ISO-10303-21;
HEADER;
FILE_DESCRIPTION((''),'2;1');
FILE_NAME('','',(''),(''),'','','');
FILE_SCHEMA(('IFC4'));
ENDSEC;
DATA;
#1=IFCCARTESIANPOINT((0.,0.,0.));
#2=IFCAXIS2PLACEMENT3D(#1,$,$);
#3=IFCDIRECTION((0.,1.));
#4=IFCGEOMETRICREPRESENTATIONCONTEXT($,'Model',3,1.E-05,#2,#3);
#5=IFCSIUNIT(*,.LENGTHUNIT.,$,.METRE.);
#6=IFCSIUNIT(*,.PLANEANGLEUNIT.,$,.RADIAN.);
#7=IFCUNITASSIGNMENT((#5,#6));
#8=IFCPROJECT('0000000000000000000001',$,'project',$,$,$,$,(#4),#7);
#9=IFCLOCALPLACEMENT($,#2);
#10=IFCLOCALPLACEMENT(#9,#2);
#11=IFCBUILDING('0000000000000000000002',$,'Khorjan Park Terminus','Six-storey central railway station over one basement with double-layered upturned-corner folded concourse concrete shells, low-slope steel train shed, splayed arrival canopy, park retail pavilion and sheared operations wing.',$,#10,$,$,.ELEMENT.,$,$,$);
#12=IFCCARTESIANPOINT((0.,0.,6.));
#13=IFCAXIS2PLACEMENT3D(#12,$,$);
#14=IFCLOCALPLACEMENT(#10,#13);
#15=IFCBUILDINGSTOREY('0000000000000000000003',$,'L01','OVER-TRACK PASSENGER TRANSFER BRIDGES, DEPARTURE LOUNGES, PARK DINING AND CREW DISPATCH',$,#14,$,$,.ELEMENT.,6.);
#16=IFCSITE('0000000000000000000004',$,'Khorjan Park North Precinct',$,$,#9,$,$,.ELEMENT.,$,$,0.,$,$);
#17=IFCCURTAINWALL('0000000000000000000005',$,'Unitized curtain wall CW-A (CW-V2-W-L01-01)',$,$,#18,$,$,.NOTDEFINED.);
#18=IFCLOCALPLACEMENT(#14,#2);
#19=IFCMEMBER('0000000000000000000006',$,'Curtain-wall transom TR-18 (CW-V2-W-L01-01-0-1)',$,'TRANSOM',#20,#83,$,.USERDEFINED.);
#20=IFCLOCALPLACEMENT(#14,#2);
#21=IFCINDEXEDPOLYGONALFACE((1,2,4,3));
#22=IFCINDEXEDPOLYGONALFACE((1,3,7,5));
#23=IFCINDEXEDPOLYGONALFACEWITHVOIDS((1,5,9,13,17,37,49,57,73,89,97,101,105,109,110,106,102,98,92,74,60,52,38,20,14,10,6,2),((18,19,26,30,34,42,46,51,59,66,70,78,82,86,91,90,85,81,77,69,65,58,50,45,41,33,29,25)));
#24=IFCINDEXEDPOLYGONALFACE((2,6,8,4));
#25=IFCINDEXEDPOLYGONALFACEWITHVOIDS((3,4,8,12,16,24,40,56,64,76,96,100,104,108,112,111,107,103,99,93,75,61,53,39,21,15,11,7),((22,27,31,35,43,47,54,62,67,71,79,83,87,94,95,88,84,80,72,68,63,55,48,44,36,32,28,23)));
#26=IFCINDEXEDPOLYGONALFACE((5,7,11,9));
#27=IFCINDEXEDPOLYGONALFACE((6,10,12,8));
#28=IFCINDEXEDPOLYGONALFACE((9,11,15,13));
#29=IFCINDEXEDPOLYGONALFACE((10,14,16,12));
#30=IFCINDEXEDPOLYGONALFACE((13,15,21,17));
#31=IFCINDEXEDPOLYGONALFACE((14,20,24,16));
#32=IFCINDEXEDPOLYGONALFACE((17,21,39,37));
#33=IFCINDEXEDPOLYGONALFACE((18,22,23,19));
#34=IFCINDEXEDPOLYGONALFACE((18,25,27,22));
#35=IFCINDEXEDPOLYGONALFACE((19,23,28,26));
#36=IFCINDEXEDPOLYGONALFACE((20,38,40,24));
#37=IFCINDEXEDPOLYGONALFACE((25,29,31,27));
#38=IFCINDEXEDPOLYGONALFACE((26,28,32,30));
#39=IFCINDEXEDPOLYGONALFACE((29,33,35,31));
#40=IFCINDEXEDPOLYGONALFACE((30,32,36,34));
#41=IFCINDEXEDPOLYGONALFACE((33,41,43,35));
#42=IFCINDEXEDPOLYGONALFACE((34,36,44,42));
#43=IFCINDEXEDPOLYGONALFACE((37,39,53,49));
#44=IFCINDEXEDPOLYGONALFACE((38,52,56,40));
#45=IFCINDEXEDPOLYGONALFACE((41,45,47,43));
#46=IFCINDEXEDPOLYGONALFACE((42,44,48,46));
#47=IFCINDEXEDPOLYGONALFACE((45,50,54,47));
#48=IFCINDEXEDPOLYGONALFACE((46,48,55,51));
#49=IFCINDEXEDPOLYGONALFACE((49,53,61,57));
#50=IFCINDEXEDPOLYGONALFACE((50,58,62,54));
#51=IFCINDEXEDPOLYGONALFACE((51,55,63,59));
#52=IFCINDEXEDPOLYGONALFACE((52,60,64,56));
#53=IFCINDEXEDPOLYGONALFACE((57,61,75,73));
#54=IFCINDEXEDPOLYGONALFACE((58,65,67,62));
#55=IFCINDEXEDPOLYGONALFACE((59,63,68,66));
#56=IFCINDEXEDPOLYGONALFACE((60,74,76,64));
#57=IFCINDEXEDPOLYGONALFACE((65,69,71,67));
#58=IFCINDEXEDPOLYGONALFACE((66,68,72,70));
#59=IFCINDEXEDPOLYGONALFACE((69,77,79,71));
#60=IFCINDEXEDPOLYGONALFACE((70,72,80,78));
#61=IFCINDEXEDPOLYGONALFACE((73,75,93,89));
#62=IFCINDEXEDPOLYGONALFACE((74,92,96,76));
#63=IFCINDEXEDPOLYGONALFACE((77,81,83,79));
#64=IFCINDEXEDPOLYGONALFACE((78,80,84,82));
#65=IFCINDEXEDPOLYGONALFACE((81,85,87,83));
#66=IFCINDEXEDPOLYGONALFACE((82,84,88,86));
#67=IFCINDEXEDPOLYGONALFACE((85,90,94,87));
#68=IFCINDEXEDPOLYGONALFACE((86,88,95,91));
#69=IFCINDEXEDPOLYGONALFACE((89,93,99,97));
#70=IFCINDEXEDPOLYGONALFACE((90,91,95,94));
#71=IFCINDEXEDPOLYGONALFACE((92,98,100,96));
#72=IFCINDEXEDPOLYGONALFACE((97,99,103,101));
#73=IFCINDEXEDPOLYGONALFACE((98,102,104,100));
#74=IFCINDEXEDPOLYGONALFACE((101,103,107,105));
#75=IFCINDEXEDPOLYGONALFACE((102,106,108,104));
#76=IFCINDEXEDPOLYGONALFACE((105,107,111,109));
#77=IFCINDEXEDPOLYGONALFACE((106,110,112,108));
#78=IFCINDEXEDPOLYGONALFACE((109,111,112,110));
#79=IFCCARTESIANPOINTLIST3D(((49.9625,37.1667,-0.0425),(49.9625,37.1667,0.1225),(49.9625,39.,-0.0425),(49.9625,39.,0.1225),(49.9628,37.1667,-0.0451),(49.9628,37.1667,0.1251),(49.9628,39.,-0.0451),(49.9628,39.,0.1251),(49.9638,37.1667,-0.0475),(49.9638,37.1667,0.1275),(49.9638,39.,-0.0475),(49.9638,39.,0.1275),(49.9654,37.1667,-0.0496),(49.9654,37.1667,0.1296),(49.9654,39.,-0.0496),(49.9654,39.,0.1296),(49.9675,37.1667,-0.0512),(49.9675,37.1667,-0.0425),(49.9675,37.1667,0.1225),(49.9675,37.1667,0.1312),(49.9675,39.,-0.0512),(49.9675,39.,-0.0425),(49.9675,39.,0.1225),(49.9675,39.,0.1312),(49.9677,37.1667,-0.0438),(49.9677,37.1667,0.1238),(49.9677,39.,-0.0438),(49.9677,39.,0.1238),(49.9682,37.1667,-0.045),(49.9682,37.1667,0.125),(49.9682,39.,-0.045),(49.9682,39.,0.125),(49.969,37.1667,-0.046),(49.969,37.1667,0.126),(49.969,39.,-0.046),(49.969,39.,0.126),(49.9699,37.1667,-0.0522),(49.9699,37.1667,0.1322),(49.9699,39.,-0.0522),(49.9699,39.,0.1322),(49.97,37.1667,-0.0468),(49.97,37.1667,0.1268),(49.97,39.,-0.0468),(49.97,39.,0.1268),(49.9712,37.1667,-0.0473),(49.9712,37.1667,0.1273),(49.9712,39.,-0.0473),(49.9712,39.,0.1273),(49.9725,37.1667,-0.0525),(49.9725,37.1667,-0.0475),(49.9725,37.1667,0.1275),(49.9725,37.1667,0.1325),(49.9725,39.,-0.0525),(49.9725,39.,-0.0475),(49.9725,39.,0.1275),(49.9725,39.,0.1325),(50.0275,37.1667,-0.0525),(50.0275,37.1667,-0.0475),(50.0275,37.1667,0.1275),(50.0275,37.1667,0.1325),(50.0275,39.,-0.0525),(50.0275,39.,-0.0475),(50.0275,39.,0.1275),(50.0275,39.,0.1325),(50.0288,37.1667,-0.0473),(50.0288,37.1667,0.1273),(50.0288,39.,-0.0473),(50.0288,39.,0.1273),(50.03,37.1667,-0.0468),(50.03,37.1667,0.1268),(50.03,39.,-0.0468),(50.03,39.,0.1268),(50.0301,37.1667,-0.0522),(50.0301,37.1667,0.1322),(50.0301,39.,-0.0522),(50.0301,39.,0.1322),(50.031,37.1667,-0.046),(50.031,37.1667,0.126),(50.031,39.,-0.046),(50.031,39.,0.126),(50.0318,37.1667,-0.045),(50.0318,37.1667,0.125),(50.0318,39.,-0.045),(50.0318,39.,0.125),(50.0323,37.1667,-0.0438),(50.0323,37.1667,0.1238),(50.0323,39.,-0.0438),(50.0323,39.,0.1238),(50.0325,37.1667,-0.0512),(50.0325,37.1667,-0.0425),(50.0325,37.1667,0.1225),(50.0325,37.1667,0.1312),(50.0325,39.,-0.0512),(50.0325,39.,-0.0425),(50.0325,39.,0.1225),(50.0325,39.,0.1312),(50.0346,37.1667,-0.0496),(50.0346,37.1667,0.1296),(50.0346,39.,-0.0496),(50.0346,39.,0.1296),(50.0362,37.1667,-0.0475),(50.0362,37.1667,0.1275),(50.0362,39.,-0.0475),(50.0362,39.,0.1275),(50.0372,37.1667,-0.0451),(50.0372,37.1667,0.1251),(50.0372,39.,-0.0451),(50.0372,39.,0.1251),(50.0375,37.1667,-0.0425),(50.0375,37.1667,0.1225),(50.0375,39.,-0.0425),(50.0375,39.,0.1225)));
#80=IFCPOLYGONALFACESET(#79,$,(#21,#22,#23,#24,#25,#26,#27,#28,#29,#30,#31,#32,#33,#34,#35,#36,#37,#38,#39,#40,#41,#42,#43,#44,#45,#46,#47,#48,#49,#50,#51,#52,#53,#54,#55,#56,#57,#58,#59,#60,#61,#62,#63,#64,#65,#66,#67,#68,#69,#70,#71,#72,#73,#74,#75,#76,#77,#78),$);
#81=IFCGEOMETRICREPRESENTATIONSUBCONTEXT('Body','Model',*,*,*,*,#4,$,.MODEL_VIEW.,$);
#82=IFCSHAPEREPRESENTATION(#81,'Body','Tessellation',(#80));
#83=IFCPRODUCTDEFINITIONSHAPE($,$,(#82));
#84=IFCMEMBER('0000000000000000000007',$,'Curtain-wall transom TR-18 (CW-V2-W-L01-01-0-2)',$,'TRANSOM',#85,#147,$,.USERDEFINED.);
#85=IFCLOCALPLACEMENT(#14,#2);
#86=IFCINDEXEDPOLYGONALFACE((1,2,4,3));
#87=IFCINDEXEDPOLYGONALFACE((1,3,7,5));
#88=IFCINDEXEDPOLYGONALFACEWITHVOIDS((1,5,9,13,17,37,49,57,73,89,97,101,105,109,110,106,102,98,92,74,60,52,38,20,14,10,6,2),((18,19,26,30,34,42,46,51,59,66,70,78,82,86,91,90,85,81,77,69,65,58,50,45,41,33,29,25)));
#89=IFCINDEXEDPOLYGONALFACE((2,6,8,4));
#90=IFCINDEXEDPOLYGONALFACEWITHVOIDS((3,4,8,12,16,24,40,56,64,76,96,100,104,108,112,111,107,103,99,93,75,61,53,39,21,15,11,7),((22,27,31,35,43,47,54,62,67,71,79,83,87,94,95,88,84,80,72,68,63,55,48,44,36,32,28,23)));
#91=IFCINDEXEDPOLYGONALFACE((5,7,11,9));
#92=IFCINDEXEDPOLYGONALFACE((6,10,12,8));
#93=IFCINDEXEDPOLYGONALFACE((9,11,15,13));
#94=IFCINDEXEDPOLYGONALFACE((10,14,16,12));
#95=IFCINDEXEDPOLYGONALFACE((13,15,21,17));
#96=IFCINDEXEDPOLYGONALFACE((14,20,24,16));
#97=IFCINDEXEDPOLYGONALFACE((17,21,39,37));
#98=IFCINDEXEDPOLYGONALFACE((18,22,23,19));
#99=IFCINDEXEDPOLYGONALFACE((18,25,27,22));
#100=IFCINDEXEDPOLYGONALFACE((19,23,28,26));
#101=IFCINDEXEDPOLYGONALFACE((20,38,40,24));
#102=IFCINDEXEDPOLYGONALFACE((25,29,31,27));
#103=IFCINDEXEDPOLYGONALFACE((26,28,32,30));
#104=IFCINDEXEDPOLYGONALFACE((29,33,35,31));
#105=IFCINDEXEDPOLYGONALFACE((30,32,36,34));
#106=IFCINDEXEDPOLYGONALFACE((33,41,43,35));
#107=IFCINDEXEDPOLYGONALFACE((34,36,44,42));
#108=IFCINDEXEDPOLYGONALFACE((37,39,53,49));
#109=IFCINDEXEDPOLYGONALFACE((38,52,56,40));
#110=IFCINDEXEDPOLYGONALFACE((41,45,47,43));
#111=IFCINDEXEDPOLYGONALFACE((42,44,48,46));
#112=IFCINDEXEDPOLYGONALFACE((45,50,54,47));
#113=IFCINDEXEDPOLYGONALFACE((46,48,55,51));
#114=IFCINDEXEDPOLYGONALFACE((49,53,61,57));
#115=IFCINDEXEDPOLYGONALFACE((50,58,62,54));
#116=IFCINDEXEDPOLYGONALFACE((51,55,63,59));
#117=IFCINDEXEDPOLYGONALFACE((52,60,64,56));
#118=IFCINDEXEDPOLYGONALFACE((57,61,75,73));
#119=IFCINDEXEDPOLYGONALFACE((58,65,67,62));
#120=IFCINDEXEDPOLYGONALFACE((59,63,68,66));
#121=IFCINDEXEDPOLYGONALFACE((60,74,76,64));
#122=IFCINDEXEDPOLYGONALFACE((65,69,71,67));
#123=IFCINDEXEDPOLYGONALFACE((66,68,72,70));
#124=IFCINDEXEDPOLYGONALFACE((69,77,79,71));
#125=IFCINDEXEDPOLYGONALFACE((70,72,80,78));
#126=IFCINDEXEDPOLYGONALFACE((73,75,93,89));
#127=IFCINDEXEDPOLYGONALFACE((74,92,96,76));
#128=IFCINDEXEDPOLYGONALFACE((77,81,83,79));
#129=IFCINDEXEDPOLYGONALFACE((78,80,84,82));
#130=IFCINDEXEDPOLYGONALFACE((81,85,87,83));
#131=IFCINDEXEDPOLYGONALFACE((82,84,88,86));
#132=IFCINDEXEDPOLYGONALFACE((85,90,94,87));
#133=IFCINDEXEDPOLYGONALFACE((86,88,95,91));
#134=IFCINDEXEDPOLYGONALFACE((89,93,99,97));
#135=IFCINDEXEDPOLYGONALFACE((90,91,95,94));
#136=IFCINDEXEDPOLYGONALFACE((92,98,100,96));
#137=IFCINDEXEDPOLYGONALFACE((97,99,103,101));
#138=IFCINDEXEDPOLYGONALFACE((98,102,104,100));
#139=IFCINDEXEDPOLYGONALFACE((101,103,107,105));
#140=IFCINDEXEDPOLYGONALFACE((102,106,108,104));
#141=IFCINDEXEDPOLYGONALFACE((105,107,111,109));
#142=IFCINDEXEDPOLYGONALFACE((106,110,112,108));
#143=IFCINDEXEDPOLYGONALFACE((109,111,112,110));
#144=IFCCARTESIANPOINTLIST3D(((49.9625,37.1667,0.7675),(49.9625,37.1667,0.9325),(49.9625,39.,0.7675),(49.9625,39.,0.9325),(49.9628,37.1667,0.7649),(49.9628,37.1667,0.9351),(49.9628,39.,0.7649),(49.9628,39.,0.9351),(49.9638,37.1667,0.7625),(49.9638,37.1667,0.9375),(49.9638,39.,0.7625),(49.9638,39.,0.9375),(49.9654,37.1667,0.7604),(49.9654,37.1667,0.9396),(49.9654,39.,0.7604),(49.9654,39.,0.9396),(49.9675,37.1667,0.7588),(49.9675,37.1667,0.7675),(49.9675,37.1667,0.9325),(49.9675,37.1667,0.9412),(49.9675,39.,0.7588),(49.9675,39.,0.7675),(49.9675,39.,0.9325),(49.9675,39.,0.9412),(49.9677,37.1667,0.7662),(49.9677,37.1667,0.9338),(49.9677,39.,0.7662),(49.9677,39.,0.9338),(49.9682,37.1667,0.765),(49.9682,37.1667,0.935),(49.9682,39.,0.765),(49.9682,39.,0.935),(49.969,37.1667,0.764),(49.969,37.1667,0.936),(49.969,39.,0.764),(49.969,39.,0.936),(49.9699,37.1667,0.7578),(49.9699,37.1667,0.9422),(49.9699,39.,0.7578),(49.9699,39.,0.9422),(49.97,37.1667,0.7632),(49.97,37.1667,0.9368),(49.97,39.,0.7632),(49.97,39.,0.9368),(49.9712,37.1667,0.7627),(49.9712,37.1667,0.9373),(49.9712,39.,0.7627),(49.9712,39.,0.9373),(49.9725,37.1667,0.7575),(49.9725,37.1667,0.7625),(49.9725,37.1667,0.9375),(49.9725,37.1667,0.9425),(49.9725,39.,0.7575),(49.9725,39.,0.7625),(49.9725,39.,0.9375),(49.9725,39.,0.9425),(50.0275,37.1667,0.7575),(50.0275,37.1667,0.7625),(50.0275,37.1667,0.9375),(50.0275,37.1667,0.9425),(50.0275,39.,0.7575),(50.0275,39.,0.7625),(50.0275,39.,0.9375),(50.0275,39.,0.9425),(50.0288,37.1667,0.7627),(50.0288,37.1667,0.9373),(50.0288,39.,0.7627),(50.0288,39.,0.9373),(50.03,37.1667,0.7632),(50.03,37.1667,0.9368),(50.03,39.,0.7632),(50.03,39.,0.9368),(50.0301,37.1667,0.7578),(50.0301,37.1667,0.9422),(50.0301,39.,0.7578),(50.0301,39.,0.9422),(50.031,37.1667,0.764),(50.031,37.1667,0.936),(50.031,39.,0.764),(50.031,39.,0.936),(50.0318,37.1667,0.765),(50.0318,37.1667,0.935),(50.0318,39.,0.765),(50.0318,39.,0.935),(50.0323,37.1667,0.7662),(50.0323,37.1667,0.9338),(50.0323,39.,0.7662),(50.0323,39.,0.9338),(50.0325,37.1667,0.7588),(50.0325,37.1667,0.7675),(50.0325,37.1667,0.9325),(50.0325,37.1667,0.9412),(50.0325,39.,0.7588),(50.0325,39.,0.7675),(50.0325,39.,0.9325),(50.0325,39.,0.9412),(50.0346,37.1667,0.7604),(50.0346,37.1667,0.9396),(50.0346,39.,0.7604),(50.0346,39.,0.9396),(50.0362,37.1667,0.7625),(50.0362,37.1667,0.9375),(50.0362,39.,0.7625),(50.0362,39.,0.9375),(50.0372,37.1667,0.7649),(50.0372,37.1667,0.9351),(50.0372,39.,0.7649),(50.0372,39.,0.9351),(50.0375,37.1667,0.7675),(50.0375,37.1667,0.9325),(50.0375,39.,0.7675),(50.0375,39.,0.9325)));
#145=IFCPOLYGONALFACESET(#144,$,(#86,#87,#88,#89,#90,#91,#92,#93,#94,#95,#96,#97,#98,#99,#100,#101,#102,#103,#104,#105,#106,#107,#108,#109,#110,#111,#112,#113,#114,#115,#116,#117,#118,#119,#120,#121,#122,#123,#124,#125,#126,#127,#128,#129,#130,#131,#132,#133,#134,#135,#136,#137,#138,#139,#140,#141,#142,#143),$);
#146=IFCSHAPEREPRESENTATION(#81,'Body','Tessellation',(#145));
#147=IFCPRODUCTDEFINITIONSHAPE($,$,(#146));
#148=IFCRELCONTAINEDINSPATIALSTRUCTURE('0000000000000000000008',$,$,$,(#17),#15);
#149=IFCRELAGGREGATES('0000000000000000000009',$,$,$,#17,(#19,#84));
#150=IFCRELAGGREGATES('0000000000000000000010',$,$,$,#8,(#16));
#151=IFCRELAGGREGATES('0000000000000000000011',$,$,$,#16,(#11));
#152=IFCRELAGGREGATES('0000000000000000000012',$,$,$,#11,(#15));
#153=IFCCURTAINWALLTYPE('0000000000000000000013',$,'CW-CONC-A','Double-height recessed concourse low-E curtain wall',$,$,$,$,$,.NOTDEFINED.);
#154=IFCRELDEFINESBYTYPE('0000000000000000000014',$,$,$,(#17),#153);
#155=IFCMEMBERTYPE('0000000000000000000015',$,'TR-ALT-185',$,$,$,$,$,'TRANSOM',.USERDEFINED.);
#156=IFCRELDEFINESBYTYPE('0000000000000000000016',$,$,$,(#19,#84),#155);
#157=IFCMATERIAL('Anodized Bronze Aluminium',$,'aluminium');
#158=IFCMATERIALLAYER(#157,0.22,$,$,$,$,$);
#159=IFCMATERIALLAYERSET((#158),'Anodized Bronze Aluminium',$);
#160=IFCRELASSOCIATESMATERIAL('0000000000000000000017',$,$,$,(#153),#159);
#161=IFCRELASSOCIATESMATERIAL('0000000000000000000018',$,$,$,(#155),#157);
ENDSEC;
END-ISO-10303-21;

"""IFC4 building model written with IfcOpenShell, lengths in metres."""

from ifc_helpers import new_model, si_unit, direction, frame, origin, origin_2d, place, context, subcontext, project, spatial, hollow_rectangle, extrude, material, layer, layer_set, material_profile, profile_set, type_object, element, aggregate, save


model = new_model("IFC4")

# Units and contexts
model_context = context("Model", 3, precision=1e-05, world=origin(), true_north=direction((0.0, 1.0)))
body_context = subcontext(model_context, "Body", "Model", "MODEL_VIEW")
ifc_project = project(units=[si_unit("LENGTHUNIT", "METRE"), si_unit("PLANEANGLEUNIT", "RADIAN")], contexts=[model_context])

# Site, building, storey
site_placement = place(None, origin())
site = spatial("IfcSite", under=ifc_project, at=site_placement, Name="Khorjan Park North Precinct", CompositionType="ELEMENT", RefElevation=0.0)
building_placement = place(site_placement, origin())
building = spatial("IfcBuilding", under=site, at=building_placement, Name="Khorjan Park Terminus", Description="Six-storey central railway station over one basement with double-layered upturned-corner folded concourse concrete shells, low-slope steel train shed, splayed arrival canopy, park retail pavilion and sheared operations wing.", CompositionType="ELEMENT")
storey_placement = place(building_placement, frame((0.0, 0.0, 6.0)))
storey = spatial("IfcBuildingStorey", under=building, at=storey_placement, Name="L01", Description="OVER-TRACK PASSENGER TRANSFER BRIDGES, DEPARTURE LOUNGES, PARK DINING AND CREW DISPATCH", CompositionType="ELEMENT", Elevation=6.0)

# Curtain wall, members
ifc_material_1 = material(Name="Anodized Bronze Aluminium", Category="aluminium")
ifc_layer_1 = layer(ifc_material_1, 0.22)
ifc_layer_set_1 = layer_set([ifc_layer_1], Name="Anodized Bronze Aluminium")
curtain_wall_type = type_object("IfcCurtainWallType", Name="CW-CONC-A", Description="Double-height recessed concourse low-E curtain wall", PredefinedType="NOTDEFINED", material=ifc_layer_set_1)
curtain_wall_placement = place(storey_placement, origin())
curtain_wall = element("IfcCurtainWall", 1, at=curtain_wall_placement, inside=storey, type_object=curtain_wall_type, Name="Unitized curtain wall CW-A (CW-V2-W-L01-01)", PredefinedType="NOTDEFINED")
ifc_material_profile_1 = material_profile(ifc_material_1, hollow_rectangle(XDim=0.075, YDim=0.185, WallThickness=0.005, InnerFilletRadius=0.005, OuterFilletRadius=0.01, at=origin_2d()), Name="ALT 75x185x5")
ifc_profile_set_1 = profile_set([ifc_material_profile_1], Name="Anodized Bronze Aluminium")
member_type_1 = type_object("IfcMemberType", Name="TR-ALT-185", ElementType="TRANSOM", PredefinedType="USERDEFINED", material=ifc_profile_set_1)
member_1_placement = place(storey_placement, frame((50.0, 39.0, 0.04), z_axis=(0.0, -1.0, 0.0), x_axis=(1.0, 0.0, 0.0)))
member_1 = element("IfcMember", 2, at=member_1_placement, type_object=member_type_1, Name="Curtain-wall transom TR-18 (CW-V2-W-L01-01-0-1)", ObjectType="TRANSOM", PredefinedType="USERDEFINED", context=body_context, shape_type="SweptSolid", body=[
    extrude(hollow_rectangle(XDim=0.075, YDim=0.185, WallThickness=0.005, InnerFilletRadius=0.005, OuterFilletRadius=0.01, at=origin_2d()), origin(), (0.0, 0.0, 1.0), 1.8333),
])
member_2_placement = place(storey_placement, frame((50.0, 39.0, 0.85), z_axis=(0.0, -1.0, 0.0), x_axis=(1.0, 0.0, 0.0)))
member_2 = element("IfcMember", 3, at=member_2_placement, type_object=member_type_1, Name="Curtain-wall transom TR-18 (CW-V2-W-L01-01-0-2)", ObjectType="TRANSOM", PredefinedType="USERDEFINED", context=body_context, shape_type="SweptSolid", body=[
    extrude(hollow_rectangle(XDim=0.075, YDim=0.185, WallThickness=0.005, InnerFilletRadius=0.005, OuterFilletRadius=0.01, at=origin_2d()), origin(), (0.0, 0.0, 1.0), 1.8333),
])
aggregate(curtain_wall, [member_1, member_2])

save(model, "model.ifc")
